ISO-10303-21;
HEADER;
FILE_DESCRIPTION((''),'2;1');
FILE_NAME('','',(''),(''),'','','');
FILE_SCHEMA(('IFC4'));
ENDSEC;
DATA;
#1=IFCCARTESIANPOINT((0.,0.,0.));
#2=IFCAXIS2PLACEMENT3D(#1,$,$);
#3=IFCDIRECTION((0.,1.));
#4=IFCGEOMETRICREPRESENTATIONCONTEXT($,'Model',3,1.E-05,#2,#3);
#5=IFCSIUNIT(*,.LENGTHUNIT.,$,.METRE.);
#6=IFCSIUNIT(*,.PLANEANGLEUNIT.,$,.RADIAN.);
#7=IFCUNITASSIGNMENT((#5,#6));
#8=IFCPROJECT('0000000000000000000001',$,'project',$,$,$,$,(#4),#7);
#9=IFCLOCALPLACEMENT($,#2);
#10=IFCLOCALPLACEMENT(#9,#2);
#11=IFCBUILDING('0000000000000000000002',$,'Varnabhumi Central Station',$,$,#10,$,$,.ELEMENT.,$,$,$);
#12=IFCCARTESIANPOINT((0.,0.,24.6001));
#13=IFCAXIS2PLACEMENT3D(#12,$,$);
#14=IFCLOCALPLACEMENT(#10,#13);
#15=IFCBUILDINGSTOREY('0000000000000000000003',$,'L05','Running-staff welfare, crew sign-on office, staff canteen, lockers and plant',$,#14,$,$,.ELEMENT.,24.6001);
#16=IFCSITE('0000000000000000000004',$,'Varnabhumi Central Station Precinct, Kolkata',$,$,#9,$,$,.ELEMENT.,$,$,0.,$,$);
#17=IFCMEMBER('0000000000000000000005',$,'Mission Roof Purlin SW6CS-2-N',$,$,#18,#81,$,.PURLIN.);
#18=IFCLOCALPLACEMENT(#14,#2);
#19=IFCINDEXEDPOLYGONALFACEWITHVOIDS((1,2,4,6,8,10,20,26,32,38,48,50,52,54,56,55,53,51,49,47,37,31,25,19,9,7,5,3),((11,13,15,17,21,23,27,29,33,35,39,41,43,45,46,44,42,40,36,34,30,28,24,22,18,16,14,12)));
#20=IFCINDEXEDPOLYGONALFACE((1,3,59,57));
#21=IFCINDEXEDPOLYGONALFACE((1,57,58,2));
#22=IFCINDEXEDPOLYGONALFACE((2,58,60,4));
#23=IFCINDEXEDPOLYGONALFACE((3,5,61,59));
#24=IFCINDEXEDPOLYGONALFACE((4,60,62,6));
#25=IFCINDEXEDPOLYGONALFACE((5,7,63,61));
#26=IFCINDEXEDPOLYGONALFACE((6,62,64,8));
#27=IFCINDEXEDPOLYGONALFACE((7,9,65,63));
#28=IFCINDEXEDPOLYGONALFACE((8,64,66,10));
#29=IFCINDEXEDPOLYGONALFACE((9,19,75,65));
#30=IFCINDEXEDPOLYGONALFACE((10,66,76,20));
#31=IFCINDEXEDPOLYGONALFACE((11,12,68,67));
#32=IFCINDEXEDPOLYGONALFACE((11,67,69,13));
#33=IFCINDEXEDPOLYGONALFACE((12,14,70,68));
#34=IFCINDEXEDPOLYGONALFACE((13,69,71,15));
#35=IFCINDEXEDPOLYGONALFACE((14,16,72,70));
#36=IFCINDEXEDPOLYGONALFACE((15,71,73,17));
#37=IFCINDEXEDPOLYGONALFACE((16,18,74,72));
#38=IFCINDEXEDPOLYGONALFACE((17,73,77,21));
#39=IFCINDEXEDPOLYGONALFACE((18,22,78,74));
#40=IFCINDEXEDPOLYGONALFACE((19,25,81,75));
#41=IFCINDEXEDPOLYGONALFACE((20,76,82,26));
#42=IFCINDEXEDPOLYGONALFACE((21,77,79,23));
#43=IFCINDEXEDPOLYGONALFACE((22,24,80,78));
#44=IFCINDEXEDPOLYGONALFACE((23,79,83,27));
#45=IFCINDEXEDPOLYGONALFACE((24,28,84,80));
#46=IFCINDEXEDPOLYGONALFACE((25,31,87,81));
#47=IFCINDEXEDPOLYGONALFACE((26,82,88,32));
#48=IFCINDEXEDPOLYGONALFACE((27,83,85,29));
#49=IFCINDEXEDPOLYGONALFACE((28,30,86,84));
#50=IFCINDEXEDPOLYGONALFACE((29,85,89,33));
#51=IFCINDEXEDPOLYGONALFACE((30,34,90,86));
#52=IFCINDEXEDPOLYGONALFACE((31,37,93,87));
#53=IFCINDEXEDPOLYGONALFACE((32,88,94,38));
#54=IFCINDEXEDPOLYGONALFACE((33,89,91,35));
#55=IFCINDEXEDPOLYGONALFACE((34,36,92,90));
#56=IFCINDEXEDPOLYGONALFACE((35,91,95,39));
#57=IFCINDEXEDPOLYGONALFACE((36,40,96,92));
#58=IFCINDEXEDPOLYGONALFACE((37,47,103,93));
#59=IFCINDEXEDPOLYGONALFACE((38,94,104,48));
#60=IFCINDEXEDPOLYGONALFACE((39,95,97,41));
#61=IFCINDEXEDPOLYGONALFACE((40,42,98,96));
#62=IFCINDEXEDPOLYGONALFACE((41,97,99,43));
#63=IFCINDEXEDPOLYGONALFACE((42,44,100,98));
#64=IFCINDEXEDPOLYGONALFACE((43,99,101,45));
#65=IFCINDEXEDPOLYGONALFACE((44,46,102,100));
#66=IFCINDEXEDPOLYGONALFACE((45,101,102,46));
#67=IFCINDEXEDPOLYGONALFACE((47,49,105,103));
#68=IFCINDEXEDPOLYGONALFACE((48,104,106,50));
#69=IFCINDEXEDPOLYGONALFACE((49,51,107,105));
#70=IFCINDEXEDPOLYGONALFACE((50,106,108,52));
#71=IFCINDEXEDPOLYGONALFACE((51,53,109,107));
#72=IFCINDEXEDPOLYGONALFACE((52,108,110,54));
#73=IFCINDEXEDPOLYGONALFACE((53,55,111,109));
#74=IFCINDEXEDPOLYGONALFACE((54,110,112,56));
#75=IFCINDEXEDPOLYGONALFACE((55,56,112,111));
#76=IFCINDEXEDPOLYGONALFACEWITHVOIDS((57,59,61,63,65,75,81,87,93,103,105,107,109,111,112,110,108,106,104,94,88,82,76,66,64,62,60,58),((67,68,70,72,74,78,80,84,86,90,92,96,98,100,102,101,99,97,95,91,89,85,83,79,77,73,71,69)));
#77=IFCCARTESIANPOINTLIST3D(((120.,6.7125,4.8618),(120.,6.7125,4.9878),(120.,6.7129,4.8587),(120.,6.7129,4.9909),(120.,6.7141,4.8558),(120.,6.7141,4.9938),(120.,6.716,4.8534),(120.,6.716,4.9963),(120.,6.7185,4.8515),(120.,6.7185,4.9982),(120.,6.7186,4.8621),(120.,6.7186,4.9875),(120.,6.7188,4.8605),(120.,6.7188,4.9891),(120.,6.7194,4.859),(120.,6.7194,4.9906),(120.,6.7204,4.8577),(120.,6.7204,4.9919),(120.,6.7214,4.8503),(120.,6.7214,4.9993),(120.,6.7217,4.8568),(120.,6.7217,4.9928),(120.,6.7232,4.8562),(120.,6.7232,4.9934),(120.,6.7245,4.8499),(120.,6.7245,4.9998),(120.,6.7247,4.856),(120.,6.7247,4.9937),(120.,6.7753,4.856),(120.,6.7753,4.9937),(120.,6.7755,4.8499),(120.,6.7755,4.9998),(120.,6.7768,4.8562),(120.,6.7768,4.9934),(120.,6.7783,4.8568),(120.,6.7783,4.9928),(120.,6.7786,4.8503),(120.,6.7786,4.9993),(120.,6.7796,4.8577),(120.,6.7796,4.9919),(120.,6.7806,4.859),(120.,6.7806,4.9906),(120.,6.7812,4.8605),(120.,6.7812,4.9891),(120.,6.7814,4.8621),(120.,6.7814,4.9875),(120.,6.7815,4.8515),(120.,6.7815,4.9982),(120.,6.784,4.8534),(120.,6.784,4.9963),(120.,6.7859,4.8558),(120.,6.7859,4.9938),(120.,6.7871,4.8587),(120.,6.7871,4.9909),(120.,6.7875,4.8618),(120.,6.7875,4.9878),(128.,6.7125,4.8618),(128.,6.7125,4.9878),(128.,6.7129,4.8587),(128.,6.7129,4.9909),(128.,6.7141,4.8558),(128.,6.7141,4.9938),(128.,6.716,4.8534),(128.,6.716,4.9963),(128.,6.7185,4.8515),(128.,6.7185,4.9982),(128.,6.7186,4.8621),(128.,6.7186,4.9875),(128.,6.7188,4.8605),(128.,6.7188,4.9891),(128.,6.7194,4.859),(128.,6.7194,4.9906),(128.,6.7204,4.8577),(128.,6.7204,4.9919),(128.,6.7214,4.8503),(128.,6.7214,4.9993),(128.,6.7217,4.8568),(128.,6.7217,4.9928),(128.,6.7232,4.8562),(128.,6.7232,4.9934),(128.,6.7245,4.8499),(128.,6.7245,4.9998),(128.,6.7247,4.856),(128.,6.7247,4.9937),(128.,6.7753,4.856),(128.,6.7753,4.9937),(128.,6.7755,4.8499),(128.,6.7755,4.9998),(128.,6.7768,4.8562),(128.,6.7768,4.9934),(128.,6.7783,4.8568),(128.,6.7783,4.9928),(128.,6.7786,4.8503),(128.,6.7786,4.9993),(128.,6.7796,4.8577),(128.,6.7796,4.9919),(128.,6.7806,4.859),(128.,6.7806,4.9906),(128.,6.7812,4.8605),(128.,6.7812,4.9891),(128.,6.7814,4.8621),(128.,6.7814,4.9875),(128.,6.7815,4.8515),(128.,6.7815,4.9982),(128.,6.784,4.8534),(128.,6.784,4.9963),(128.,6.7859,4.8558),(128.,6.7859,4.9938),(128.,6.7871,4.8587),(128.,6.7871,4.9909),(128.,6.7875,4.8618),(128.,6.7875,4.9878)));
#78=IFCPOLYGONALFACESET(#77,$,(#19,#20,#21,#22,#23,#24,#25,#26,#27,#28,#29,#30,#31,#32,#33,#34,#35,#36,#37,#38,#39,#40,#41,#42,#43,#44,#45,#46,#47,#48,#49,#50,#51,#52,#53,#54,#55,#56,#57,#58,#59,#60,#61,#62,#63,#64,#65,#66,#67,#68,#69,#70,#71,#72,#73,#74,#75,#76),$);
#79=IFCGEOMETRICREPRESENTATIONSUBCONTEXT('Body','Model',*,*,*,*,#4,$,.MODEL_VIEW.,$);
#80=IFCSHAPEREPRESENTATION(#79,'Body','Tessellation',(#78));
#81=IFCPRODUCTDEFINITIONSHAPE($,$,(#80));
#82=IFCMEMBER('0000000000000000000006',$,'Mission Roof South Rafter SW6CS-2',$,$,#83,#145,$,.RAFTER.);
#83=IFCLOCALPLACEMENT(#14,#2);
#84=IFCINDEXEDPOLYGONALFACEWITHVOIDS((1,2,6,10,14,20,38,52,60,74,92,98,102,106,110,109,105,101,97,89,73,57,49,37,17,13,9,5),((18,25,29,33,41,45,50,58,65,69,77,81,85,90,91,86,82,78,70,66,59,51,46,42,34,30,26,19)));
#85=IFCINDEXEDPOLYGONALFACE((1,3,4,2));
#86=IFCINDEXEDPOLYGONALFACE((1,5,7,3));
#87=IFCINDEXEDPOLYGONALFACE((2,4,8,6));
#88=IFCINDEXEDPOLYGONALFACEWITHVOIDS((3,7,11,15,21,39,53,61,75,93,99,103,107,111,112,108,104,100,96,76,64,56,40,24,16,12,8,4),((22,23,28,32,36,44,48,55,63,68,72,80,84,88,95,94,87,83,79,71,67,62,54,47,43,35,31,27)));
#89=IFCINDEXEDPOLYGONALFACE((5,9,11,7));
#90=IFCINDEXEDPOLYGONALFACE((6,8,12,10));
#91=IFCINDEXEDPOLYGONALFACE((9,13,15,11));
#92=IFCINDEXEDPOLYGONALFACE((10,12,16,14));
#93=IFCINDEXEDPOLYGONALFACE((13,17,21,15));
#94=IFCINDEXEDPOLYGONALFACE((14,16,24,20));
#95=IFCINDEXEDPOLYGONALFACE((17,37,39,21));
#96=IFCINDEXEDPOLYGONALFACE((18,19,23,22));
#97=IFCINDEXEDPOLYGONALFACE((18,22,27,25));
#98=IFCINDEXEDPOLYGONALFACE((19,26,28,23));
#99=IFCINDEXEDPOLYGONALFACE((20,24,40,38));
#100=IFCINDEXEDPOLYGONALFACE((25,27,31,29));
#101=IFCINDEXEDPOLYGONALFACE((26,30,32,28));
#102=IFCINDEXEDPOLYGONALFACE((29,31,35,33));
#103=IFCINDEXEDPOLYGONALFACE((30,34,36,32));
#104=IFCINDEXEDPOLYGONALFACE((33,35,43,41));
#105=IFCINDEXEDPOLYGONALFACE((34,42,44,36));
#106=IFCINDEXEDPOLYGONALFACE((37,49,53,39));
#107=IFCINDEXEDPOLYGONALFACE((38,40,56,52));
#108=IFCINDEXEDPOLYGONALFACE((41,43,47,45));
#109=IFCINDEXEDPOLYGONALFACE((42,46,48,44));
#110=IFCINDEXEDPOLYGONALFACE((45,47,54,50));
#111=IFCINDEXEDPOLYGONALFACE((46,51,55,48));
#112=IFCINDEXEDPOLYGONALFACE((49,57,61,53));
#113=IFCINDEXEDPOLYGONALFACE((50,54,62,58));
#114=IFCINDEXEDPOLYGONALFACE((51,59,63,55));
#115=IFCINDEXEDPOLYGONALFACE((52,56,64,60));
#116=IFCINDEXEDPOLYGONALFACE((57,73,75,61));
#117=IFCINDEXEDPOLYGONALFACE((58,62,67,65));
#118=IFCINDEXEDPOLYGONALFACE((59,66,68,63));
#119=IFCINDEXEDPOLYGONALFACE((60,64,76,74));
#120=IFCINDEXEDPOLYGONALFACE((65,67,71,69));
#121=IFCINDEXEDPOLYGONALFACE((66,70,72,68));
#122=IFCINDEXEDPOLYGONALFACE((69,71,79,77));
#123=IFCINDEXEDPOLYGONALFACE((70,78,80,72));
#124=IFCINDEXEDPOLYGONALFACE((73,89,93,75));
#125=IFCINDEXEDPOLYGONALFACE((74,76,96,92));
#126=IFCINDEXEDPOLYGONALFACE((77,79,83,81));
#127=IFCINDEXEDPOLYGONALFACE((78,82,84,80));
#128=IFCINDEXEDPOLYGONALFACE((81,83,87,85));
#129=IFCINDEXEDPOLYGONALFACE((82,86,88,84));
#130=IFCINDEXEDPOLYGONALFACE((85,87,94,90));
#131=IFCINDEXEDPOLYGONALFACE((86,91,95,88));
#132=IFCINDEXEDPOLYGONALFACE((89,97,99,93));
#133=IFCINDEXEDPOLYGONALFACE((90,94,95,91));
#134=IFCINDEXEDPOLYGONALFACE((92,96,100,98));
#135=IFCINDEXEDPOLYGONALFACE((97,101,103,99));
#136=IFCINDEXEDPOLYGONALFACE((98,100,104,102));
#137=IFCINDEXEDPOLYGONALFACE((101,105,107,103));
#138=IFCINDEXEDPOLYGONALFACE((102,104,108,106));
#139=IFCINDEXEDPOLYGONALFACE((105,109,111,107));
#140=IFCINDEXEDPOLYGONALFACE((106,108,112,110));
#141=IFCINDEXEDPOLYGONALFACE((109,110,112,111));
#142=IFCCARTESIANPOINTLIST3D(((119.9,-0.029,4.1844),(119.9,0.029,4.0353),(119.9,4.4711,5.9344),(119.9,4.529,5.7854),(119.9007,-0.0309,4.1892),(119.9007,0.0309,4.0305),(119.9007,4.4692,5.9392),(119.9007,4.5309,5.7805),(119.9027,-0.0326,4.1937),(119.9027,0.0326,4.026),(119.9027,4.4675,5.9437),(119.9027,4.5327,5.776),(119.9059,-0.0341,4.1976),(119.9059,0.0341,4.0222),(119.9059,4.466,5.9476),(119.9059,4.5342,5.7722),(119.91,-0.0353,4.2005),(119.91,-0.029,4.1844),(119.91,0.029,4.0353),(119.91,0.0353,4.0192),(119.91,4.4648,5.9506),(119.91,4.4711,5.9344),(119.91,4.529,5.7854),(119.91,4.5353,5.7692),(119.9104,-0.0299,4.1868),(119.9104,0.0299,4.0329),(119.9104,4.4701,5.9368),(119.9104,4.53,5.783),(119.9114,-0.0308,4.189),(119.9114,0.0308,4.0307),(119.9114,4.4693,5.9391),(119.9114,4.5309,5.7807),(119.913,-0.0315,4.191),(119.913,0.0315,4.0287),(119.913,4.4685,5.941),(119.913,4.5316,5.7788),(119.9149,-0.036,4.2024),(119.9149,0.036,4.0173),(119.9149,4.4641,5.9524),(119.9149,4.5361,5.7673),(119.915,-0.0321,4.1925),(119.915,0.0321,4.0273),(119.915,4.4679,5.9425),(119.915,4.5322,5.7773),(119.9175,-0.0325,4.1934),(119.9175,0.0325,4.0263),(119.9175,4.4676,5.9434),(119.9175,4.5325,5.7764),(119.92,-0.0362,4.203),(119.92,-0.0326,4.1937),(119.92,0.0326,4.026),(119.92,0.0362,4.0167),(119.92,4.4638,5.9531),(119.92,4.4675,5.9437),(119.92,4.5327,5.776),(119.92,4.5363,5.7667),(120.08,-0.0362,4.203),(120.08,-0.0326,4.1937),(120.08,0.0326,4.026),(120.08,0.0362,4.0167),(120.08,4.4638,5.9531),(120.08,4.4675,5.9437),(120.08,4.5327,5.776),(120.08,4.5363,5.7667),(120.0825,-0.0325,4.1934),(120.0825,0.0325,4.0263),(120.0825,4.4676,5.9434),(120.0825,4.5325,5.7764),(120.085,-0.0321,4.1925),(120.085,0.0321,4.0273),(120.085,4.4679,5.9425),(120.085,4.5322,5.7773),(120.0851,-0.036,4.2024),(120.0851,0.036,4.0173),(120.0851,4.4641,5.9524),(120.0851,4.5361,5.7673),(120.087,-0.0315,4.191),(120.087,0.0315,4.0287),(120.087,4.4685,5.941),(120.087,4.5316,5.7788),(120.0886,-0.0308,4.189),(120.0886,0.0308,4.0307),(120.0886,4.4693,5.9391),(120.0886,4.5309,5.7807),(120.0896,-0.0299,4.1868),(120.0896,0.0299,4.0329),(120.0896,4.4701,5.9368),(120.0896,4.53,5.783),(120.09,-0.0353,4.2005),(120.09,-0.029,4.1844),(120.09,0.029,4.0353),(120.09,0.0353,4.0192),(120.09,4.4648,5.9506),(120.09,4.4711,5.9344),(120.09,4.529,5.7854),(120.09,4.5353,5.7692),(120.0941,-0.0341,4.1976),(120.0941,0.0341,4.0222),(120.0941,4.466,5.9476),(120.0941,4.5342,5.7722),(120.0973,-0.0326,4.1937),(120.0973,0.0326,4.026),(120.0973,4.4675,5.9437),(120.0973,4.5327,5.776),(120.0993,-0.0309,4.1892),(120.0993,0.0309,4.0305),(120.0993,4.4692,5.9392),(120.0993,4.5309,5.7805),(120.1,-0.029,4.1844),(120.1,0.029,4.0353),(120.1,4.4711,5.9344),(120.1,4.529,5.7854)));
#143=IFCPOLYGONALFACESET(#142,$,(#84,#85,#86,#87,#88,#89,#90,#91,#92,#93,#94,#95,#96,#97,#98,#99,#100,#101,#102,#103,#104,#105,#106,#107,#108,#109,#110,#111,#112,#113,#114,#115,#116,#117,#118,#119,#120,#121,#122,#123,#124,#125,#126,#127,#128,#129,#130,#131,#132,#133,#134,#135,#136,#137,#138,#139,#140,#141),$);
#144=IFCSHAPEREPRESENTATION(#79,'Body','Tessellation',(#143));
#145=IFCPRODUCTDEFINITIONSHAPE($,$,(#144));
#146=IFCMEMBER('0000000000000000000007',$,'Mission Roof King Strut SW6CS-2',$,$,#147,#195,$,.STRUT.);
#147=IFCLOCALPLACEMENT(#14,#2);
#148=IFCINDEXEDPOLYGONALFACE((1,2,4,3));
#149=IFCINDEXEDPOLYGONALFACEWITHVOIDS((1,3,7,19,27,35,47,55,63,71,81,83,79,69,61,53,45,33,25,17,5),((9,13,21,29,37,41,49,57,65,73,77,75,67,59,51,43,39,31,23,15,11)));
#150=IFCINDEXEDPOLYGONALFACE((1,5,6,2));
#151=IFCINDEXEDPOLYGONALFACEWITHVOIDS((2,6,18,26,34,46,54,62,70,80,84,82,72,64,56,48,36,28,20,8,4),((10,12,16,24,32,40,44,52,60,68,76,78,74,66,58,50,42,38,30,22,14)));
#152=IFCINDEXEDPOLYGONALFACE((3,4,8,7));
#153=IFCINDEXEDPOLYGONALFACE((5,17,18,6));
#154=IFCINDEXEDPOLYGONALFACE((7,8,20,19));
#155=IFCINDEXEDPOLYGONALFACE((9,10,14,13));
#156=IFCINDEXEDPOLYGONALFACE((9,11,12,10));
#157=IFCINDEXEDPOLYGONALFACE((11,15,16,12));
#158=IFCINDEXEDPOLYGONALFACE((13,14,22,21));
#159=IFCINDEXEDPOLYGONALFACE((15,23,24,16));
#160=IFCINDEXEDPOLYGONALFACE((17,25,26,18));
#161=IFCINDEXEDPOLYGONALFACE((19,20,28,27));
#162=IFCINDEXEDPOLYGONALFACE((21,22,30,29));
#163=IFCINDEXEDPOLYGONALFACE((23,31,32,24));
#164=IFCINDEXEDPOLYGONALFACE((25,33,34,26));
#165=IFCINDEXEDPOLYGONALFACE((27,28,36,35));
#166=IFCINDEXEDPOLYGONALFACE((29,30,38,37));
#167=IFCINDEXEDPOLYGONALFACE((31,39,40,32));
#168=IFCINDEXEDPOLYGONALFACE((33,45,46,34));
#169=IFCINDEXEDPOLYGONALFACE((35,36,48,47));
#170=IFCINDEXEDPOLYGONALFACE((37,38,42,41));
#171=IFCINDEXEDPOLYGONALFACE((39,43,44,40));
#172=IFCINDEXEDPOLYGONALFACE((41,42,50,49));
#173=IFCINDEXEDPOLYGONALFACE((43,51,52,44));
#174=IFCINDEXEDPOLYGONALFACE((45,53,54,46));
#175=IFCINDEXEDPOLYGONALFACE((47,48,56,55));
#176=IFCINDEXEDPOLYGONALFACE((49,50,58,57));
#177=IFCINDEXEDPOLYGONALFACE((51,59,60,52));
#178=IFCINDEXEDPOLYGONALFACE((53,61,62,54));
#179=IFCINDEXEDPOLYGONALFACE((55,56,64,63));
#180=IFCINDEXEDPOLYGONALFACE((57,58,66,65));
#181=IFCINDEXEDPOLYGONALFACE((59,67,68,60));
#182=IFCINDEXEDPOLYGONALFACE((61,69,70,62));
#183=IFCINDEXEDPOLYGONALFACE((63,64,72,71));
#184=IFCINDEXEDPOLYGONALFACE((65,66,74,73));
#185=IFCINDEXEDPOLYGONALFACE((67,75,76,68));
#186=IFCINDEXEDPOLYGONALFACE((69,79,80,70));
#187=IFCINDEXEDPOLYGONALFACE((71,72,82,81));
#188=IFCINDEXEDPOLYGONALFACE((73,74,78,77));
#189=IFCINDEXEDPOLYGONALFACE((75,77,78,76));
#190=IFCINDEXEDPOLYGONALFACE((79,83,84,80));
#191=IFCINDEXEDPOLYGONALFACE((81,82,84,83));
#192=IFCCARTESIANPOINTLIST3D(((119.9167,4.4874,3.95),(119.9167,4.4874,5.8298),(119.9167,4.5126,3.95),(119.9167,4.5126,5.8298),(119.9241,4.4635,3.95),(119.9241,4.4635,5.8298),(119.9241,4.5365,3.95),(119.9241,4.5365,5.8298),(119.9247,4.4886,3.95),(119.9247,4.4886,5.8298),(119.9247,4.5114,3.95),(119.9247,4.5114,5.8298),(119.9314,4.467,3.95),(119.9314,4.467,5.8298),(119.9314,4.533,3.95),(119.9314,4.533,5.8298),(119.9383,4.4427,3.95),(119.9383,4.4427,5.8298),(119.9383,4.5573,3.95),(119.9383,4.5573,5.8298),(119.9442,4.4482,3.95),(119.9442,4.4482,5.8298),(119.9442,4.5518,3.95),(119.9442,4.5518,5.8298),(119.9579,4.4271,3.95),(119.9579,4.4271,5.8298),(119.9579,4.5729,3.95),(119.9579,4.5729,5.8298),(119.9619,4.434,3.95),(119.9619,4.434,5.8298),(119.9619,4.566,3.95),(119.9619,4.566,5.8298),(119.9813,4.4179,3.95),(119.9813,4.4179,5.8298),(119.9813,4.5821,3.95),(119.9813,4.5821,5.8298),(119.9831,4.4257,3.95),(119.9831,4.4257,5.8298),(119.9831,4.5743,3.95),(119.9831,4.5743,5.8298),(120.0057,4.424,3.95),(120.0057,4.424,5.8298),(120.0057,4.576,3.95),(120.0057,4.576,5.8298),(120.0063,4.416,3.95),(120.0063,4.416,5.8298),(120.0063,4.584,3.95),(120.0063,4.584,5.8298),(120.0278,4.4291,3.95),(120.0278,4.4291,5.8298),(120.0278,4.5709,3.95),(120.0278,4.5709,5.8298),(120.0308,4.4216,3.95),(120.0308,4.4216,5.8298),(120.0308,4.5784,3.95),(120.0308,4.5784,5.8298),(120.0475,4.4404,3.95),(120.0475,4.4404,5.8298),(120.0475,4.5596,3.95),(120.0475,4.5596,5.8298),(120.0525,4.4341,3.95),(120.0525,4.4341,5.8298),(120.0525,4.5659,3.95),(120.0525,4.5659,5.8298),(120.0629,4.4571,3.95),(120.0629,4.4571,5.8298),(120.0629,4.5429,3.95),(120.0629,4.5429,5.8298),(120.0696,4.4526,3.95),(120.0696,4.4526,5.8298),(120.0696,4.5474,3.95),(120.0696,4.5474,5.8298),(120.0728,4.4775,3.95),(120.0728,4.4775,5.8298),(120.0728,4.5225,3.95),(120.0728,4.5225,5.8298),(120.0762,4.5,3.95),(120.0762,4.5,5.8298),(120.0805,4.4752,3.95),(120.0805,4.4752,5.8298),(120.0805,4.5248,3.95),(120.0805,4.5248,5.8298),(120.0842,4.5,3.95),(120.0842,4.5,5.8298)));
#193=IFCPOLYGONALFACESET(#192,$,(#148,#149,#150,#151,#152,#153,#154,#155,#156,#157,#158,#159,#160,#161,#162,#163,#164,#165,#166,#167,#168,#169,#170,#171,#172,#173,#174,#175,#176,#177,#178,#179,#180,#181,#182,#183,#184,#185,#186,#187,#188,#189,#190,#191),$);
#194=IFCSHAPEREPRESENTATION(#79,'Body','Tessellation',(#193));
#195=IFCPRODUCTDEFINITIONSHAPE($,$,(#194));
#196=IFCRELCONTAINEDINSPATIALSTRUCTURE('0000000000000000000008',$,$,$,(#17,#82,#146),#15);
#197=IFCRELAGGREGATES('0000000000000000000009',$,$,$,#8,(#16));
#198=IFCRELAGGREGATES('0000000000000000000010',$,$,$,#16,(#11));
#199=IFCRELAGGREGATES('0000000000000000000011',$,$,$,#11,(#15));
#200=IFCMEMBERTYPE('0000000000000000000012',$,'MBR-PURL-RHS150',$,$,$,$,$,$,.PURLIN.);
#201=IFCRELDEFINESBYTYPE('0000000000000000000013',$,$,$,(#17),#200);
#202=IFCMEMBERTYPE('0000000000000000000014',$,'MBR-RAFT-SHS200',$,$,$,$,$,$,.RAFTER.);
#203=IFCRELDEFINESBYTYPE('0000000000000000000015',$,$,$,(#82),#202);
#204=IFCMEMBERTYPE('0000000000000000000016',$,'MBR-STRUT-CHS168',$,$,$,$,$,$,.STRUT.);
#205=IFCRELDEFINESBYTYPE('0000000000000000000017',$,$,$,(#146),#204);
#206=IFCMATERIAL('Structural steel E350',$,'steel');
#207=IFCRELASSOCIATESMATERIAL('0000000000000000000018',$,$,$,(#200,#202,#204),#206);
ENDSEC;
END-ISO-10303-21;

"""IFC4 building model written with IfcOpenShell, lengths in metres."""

from ifc_helpers import new_model, si_unit, direction, frame, origin, origin_2d, place, context, subcontext, project, spatial, hollow_rectangle, hollow_circle, extrude, material, material_profile, profile_set, type_object, element, save


model = new_model("IFC4")

# Units and contexts
model_context = context("Model", 3, precision=1e-05, world=origin(), true_north=direction((0.0, 1.0)))
body_context = subcontext(model_context, "Body", "Model", "MODEL_VIEW")
ifc_project = project(units=[si_unit("LENGTHUNIT", "METRE"), si_unit("PLANEANGLEUNIT", "RADIAN")], contexts=[model_context])

# Site, building, storey
site_placement = place(None, origin())
site = spatial("IfcSite", under=ifc_project, at=site_placement, Name="Varnabhumi Central Station Precinct, Kolkata", CompositionType="ELEMENT", RefElevation=0.0)
building_placement = place(site_placement, origin())
building = spatial("IfcBuilding", under=site, at=building_placement, Name="Varnabhumi Central Station", CompositionType="ELEMENT")
storey_placement = place(building_placement, frame((0.0, 0.0, 24.6001)))
storey = spatial("IfcBuildingStorey", under=building, at=storey_placement, Name="L05", Description="Running-staff welfare, crew sign-on office, staff canteen, lockers and plant", CompositionType="ELEMENT", Elevation=24.6001)

# Shared definitions
ifc_material_1 = material(Name="Structural steel E350", Category="steel")

# Members
ifc_material_profile_1 = material_profile(ifc_material_1, hollow_rectangle(XDim=0.075, YDim=0.1499, WallThickness=0.0061, InnerFilletRadius=0.0061, OuterFilletRadius=0.012, at=origin_2d()), Name="Structural steel E350", Category="steel")
ifc_profile_set_1 = profile_set([ifc_material_profile_1], Name="Structural steel E350")
member_type_1 = type_object("IfcMemberType", Name="MBR-PURL-RHS150", PredefinedType="PURLIN", material=ifc_profile_set_1)
for number, where, z_axis, x_axis, name in (
    (1, (120.0, 6.75, 4.9248), (1.0, 0.0, 0.0), (0.0, 1.0, 0.0), "Mission Roof Purlin SW6CS-2-N"),
):
    element("IfcMember", number, at=place(storey_placement, frame(where, z_axis=z_axis, x_axis=x_axis)), inside=storey, type_object=member_type_1, Name=name, PredefinedType="PURLIN", context=body_context, shape_type="SweptSolid", body=[
        extrude(hollow_rectangle(XDim=0.075, YDim=0.1499, WallThickness=0.0061, InnerFilletRadius=0.0061, OuterFilletRadius=0.012, at=origin_2d()), origin(), (0.0, 0.0, 1.0), 8.0),
    ])
ifc_material_profile_2 = material_profile(ifc_material_1, hollow_rectangle(XDim=0.2, YDim=0.2, WallThickness=0.01, InnerFilletRadius=0.01, OuterFilletRadius=0.02, at=origin_2d()), Name="Structural steel E350", Category="steel")
ifc_profile_set_2 = profile_set([ifc_material_profile_2], Name="Structural steel E350")
member_type_2 = type_object("IfcMemberType", Name="MBR-RAFT-SHS200", PredefinedType="RAFTER", material=ifc_profile_set_2)
member_1_placement = place(storey_placement, frame((120.0, 0.0, 4.1099), z_axis=(0.0, 0.932005, 0.362446), x_axis=(-1.0, 0.0, 0.0)))
element("IfcMember", 2, at=member_1_placement, inside=storey, type_object=member_type_2, Name="Mission Roof South Rafter SW6CS-2", PredefinedType="RAFTER", context=body_context, shape_type="SweptSolid", body=[
    extrude(hollow_rectangle(XDim=0.2, YDim=0.2, WallThickness=0.01, InnerFilletRadius=0.01, OuterFilletRadius=0.02, at=origin_2d()), origin(), (0.0, 0.0, 1.0), 4.8284),
])
ifc_material_profile_3 = material_profile(ifc_material_1, hollow_circle(Radius=0.0842, WallThickness=0.0081, at=origin_2d()), Name="Structural steel E350", Category="steel")
ifc_profile_set_3 = profile_set([ifc_material_profile_3], Name="Structural steel E350")
member_type_3 = type_object("IfcMemberType", Name="MBR-STRUT-CHS168", PredefinedType="STRUT", material=ifc_profile_set_3)
member_2_placement = place(storey_placement, frame((120.0, 4.5, 3.95), z_axis=(0.0, 0.0, 1.0), x_axis=(1.0, 0.0, 0.0)))
element("IfcMember", 3, at=member_2_placement, inside=storey, type_object=member_type_3, Name="Mission Roof King Strut SW6CS-2", PredefinedType="STRUT", context=body_context, shape_type="SweptSolid", body=[
    extrude(hollow_circle(Radius=0.0842, WallThickness=0.0081, at=origin_2d()), origin(), (0.0, 0.0, 1.0), 1.8799),
])

save(model, "model.ifc")
